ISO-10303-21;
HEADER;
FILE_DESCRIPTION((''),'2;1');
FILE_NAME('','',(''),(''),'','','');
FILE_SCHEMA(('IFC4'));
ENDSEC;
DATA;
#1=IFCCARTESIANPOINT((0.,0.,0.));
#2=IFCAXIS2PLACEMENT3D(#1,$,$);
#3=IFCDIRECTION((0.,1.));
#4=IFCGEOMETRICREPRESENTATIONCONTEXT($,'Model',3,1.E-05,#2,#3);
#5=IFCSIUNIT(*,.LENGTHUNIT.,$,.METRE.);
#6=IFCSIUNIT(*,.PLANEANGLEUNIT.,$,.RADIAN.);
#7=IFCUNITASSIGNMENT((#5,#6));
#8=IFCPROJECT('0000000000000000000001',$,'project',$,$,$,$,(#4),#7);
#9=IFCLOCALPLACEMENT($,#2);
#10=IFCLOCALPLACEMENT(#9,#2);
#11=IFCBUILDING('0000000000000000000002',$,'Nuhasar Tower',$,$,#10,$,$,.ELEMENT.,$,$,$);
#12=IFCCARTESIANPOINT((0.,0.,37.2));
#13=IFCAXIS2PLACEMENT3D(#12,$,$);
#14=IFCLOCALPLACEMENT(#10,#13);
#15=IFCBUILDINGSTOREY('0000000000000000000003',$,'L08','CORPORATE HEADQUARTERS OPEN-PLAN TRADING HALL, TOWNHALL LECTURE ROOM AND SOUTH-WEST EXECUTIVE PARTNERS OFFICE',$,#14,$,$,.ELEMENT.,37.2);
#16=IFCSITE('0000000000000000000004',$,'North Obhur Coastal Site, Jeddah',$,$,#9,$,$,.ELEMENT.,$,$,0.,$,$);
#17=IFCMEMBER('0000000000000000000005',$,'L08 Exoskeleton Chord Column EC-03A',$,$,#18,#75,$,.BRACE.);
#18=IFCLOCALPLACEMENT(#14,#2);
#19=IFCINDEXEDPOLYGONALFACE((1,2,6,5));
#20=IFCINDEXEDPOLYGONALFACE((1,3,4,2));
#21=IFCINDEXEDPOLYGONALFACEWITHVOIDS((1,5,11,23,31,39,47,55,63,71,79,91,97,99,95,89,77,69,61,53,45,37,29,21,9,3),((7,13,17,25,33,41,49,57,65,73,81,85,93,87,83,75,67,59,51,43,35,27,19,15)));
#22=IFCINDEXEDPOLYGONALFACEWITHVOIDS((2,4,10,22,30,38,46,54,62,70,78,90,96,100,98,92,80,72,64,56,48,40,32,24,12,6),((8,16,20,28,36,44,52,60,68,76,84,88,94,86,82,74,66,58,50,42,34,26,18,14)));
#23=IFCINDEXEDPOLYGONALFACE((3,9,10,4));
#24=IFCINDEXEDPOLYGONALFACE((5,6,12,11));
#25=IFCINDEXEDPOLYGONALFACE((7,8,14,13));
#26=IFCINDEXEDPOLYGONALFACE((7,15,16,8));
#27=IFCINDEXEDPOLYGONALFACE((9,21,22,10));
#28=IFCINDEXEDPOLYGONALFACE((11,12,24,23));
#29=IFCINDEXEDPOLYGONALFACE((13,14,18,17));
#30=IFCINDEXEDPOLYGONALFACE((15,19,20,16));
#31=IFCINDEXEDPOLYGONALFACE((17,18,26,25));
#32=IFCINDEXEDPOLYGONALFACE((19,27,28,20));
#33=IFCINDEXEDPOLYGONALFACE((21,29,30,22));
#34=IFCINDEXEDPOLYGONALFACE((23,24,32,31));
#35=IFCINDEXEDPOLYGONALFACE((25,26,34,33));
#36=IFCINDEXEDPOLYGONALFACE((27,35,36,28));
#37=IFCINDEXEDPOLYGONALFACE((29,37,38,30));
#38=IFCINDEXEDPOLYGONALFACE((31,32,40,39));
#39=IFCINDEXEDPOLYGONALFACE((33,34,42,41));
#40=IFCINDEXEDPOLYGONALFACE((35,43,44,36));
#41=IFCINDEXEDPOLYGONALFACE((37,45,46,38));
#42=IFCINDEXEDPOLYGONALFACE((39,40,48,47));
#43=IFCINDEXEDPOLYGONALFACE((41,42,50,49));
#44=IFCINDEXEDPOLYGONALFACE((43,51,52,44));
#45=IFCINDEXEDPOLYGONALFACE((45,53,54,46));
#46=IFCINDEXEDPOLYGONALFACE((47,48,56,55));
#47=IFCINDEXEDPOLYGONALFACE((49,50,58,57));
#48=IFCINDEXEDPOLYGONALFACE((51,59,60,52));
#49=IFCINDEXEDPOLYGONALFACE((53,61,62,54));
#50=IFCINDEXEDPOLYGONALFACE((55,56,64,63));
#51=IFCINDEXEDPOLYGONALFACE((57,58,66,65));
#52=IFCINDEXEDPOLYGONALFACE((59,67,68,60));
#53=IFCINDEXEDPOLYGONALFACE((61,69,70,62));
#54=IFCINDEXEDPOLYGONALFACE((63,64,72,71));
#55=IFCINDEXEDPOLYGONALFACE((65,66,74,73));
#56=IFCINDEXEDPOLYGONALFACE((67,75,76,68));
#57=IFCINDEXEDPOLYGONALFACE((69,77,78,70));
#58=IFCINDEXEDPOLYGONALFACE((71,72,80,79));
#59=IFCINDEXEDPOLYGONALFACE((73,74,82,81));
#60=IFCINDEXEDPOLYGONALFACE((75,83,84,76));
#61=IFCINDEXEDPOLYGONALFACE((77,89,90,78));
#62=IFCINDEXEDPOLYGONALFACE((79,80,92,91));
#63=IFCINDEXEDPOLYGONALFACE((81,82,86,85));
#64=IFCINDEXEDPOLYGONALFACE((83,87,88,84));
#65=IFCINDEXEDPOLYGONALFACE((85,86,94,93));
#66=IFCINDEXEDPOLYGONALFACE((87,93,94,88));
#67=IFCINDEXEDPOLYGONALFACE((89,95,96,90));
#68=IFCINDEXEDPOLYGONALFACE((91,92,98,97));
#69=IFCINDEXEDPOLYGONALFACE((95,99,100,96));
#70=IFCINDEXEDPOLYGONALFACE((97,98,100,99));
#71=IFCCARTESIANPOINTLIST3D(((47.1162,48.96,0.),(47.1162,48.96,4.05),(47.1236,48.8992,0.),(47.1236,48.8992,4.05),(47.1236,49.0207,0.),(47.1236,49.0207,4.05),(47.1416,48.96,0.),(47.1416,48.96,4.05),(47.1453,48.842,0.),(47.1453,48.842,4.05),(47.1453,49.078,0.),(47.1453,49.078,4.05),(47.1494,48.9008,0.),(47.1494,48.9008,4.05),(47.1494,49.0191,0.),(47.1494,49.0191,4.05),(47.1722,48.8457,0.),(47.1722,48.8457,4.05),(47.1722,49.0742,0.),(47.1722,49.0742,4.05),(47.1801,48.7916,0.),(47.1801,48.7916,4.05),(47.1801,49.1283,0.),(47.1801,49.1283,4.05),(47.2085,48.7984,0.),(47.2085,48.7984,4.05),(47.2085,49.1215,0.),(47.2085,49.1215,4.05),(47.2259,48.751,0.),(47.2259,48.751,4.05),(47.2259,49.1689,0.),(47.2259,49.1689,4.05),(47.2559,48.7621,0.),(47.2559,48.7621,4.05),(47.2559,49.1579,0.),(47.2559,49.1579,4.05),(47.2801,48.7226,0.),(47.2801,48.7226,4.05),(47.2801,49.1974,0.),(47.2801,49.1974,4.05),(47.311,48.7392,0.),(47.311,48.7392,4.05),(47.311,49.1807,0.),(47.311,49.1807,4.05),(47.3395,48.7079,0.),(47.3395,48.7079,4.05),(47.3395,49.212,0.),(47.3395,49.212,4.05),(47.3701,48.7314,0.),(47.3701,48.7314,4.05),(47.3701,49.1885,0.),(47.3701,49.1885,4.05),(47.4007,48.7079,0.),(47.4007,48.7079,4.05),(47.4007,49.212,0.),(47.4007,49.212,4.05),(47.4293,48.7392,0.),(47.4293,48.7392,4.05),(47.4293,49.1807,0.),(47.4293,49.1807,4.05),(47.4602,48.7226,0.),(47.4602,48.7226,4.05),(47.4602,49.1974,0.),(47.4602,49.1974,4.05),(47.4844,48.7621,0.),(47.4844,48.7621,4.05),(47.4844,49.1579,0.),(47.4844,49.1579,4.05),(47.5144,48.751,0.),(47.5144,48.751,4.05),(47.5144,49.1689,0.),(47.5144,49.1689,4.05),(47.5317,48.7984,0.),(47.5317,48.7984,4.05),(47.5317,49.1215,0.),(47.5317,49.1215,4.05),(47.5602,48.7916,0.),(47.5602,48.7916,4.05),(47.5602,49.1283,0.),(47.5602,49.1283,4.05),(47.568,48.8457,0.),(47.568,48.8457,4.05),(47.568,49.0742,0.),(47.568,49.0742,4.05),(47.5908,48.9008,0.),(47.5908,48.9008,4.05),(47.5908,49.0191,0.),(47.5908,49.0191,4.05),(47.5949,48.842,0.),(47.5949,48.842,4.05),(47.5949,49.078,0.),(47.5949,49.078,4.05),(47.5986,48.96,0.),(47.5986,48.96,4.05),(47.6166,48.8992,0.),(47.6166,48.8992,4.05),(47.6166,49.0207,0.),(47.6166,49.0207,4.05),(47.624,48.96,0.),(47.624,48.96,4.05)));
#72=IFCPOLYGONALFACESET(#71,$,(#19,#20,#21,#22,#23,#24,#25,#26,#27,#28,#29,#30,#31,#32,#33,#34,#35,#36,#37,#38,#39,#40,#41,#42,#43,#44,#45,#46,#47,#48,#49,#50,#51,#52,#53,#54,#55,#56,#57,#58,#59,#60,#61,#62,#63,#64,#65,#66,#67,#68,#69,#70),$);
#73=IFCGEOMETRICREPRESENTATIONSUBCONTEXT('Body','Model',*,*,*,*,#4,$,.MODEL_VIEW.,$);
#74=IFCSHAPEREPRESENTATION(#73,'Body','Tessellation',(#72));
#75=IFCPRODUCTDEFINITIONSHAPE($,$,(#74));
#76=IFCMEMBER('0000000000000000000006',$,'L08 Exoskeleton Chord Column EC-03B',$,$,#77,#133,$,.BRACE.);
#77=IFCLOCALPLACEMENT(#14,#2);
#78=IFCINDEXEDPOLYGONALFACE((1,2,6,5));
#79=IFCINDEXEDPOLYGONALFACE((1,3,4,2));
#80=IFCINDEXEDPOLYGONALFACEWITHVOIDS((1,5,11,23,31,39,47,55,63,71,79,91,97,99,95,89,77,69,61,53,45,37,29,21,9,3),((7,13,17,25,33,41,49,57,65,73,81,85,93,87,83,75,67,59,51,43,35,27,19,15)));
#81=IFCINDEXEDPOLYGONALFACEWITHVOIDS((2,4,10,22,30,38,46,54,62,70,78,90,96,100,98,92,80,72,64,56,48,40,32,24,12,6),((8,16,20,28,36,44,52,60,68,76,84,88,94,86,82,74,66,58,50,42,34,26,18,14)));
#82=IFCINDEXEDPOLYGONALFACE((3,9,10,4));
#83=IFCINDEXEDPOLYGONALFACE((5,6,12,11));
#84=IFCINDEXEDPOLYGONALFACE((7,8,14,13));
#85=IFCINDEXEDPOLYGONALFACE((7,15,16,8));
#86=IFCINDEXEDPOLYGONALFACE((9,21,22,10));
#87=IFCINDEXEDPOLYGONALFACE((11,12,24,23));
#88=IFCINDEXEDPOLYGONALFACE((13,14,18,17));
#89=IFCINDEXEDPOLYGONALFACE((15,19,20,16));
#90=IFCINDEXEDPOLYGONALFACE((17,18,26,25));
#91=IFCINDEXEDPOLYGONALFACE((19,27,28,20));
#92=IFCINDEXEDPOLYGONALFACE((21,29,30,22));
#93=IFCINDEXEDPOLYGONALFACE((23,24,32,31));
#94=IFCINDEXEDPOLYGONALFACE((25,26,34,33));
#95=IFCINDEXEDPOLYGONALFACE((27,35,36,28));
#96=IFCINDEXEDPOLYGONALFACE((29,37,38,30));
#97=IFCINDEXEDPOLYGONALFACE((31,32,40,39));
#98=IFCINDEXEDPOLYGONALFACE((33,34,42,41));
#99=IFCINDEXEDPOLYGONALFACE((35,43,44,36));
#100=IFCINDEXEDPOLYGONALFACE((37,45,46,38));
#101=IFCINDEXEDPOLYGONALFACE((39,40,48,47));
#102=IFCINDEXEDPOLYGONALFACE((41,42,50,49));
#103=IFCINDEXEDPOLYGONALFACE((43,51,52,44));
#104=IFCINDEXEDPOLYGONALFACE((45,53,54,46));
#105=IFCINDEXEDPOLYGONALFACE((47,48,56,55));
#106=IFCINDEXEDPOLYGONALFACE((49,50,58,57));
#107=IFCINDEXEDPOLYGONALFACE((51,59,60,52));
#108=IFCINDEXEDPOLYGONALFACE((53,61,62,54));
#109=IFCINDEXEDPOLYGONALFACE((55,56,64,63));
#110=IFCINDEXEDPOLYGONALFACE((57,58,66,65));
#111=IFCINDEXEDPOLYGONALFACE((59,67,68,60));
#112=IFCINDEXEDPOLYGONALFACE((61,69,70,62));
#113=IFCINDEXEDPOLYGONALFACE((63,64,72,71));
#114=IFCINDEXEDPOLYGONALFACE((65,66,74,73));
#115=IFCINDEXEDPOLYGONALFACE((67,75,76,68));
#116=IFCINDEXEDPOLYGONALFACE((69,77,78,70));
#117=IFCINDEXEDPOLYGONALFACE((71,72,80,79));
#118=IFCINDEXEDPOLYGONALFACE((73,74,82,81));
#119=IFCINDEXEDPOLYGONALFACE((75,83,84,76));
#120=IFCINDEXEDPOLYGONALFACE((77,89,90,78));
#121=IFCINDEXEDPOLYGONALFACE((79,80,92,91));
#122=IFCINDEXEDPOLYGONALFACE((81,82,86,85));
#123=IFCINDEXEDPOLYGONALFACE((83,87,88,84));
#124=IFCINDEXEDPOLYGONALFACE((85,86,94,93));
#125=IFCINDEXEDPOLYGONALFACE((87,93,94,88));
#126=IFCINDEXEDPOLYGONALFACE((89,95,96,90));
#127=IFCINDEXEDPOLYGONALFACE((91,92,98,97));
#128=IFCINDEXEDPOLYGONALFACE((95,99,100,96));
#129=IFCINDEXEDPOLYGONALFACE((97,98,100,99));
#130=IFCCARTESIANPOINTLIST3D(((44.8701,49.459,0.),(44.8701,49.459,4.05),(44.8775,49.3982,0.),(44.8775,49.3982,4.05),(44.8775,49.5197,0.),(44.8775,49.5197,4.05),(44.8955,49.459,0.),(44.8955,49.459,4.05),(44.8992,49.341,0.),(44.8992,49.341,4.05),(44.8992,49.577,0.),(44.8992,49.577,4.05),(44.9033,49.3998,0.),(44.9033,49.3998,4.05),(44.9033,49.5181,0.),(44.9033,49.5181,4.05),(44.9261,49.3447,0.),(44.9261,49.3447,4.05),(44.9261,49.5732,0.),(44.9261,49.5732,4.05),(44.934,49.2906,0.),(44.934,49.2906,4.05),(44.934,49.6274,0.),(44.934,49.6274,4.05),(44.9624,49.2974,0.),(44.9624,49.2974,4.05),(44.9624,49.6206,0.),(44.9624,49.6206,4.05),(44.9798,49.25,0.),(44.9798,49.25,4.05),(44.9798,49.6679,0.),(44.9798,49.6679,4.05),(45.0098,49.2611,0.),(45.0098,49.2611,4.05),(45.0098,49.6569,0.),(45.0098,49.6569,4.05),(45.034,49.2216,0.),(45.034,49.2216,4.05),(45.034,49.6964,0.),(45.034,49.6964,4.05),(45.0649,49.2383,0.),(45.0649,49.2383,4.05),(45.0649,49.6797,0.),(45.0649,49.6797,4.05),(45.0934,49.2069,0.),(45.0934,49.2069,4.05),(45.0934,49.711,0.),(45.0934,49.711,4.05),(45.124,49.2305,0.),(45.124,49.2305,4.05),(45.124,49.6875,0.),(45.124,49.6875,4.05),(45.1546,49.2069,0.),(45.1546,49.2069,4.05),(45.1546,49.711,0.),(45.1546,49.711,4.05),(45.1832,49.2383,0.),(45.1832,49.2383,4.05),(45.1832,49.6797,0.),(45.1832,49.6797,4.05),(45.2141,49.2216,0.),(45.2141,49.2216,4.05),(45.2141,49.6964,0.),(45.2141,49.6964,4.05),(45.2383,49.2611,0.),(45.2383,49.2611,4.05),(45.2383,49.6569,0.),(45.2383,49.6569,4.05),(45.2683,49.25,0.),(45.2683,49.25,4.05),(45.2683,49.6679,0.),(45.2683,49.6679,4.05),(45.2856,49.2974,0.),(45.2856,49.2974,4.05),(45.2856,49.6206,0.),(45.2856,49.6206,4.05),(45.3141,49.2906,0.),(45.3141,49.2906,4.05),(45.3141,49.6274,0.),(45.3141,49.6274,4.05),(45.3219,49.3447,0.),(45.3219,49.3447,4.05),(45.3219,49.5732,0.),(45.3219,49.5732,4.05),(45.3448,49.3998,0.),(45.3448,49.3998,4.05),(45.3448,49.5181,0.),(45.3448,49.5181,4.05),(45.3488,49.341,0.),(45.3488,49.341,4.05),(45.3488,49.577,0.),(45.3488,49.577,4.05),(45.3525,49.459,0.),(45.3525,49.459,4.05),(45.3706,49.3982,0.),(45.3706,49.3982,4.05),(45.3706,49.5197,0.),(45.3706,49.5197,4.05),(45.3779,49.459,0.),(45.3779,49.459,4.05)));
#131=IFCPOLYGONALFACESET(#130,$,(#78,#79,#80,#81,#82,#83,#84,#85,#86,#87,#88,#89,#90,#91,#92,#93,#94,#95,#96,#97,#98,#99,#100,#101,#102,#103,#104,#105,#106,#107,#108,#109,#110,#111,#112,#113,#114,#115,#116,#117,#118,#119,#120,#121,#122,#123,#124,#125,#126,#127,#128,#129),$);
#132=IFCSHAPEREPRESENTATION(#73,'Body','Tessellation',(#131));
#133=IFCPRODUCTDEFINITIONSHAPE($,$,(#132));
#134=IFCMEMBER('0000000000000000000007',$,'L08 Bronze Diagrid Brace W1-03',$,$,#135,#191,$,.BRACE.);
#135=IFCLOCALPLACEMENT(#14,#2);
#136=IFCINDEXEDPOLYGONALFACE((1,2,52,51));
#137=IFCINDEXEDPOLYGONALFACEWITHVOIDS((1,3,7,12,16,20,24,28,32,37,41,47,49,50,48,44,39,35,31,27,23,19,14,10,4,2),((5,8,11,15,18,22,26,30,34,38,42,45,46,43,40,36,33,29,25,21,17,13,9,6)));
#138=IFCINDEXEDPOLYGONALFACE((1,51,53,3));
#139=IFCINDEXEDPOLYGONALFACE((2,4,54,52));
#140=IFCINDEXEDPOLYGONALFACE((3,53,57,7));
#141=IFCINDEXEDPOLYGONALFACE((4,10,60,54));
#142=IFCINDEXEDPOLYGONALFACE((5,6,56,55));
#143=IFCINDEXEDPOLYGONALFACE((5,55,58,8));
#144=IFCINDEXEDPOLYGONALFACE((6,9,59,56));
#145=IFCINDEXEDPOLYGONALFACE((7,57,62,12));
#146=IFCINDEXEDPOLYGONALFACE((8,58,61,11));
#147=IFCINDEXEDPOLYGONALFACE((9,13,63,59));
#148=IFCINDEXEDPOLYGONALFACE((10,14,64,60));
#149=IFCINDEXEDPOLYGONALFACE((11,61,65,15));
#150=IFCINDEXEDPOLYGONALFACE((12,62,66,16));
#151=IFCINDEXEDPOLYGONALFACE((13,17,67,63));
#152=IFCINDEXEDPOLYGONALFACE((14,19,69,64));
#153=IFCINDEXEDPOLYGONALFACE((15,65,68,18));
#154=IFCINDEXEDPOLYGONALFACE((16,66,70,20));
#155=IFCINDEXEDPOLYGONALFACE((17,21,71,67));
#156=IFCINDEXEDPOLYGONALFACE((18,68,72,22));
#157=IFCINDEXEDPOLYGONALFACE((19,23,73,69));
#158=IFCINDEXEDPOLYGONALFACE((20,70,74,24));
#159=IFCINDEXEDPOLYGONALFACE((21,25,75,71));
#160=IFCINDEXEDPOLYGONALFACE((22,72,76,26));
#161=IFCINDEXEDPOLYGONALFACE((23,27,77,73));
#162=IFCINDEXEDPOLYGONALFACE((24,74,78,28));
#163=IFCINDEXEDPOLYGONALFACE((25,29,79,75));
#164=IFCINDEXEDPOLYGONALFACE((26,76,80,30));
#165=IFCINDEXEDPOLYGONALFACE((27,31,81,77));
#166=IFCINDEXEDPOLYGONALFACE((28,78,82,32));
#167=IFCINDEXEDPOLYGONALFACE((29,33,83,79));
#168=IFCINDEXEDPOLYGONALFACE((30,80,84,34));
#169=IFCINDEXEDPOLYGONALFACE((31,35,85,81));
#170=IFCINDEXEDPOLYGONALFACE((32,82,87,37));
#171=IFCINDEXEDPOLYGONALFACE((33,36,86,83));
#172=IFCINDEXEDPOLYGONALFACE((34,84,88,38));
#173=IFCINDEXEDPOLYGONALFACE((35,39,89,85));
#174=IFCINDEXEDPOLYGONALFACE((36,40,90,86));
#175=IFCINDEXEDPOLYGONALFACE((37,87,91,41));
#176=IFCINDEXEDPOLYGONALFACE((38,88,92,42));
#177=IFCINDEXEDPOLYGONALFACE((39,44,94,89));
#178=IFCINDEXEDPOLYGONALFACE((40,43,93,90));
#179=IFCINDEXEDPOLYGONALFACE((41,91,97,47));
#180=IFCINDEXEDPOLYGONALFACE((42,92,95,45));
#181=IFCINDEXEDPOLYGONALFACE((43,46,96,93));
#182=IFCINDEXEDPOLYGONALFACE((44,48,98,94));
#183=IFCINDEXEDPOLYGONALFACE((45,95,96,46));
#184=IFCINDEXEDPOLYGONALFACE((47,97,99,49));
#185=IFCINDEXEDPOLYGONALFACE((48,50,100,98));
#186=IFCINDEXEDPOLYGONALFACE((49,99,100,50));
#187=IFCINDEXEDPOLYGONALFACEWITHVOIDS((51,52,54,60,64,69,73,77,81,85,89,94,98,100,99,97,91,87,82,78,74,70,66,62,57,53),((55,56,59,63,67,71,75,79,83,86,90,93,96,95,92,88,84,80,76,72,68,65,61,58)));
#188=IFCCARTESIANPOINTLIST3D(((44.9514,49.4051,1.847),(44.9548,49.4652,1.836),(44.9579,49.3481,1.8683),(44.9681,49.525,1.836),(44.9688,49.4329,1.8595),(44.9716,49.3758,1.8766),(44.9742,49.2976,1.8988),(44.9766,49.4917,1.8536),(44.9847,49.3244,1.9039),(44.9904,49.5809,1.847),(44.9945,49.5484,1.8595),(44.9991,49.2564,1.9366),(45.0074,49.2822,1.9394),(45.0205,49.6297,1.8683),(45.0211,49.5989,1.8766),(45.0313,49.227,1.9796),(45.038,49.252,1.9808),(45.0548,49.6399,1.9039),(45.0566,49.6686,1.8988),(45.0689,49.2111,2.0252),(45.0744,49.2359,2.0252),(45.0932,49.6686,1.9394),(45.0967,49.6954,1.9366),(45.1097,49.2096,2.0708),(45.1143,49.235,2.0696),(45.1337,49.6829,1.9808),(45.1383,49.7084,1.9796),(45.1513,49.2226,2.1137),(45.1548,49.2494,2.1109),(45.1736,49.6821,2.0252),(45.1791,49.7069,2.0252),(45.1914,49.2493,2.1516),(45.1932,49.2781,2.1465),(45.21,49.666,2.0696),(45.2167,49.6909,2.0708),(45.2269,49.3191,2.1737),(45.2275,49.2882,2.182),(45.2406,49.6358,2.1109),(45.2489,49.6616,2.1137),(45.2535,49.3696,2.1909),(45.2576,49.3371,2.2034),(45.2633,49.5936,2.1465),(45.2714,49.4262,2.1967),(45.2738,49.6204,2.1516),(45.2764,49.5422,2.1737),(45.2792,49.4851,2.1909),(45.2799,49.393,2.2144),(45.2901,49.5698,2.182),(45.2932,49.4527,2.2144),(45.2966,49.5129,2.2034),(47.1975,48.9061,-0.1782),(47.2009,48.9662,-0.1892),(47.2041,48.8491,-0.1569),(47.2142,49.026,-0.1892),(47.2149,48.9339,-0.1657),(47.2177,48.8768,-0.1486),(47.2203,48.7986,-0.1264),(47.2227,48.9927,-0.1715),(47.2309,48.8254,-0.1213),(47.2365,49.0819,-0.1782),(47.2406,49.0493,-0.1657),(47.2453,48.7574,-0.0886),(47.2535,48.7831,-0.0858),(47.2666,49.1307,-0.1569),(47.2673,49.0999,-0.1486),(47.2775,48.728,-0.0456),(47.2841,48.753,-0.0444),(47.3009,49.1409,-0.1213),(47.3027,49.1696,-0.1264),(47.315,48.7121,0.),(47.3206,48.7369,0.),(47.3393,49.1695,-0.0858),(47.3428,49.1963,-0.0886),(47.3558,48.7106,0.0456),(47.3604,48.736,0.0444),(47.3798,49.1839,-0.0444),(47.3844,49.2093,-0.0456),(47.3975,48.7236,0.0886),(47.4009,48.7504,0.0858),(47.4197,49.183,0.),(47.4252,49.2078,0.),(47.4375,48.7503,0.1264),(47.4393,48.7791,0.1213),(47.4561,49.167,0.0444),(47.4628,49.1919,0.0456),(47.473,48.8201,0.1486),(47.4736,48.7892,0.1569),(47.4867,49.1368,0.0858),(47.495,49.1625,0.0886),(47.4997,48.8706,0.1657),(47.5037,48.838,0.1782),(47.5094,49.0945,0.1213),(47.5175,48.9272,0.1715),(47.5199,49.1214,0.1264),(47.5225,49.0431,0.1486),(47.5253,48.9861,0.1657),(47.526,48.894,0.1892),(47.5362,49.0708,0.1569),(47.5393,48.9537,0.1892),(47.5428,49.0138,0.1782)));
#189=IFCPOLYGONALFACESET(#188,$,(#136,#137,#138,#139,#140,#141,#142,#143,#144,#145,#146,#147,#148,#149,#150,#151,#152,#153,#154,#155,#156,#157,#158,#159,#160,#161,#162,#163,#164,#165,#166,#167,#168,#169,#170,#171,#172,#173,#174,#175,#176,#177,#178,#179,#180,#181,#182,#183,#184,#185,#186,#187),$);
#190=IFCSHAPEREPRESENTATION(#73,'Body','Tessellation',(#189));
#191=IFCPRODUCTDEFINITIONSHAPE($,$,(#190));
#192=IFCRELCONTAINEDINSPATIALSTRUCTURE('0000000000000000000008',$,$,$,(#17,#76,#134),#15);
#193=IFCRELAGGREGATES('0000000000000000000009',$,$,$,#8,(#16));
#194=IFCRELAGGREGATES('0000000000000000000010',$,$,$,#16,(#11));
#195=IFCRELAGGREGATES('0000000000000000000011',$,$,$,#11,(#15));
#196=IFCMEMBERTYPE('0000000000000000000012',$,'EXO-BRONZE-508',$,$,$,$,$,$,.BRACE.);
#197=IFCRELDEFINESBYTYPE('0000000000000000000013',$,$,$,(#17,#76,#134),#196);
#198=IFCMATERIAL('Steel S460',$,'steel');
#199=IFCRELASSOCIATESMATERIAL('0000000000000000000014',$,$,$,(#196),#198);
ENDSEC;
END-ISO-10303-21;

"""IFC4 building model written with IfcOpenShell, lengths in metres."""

from ifc_helpers import new_model, si_unit, direction, frame, origin, origin_2d, place, context, subcontext, project, spatial, hollow_circle, extrude, material, material_profile, profile_set, type_object, element, save


model = new_model("IFC4")

# Units and contexts
model_context = context("Model", 3, precision=1e-05, world=origin(), true_north=direction((0.0, 1.0)))
body_context = subcontext(model_context, "Body", "Model", "MODEL_VIEW")
ifc_project = project(units=[si_unit("LENGTHUNIT", "METRE"), si_unit("PLANEANGLEUNIT", "RADIAN")], contexts=[model_context])

# Site, building, storey
site_placement = place(None, origin())
site = spatial("IfcSite", under=ifc_project, at=site_placement, Name="North Obhur Coastal Site, Jeddah", CompositionType="ELEMENT", RefElevation=0.0)
building_placement = place(site_placement, origin())
building = spatial("IfcBuilding", under=site, at=building_placement, Name="Nuhasar Tower", CompositionType="ELEMENT")
storey_placement = place(building_placement, frame((0.0, 0.0, 37.2)))
storey = spatial("IfcBuildingStorey", under=building, at=storey_placement, Name="L08", Description="CORPORATE HEADQUARTERS OPEN-PLAN TRADING HALL, TOWNHALL LECTURE ROOM AND SOUTH-WEST EXECUTIVE PARTNERS OFFICE", CompositionType="ELEMENT", Elevation=37.2)

# Members
ifc_material_1 = material(Name="Steel S460", Category="steel")
ifc_material_profile_1 = material_profile(ifc_material_1, hollow_circle(Radius=0.2539, WallThickness=0.0254, at=origin_2d()), Name="HSS508X25.4")
ifc_profile_set_1 = profile_set([ifc_material_profile_1], Name="Steel S460")
member_type_1 = type_object("IfcMemberType", Name="EXO-BRONZE-508", PredefinedType="BRACE", material=ifc_profile_set_1)
for number, where, z_axis, x_axis, name in (
    (1, (47.3701, 48.96, 0.0), (0.0, 0.0, 1.0), (1.0, 0.0, 0.0), "L08 Exoskeleton Chord Column EC-03A"),
    (2, (45.124, 49.459, 0.0), (0.0, 0.0, 1.0), (1.0, 0.0, 0.0), "L08 Exoskeleton Chord Column EC-03B"),
):
    element("IfcMember", number, at=place(storey_placement, frame(where, z_axis=z_axis, x_axis=x_axis)), inside=storey, type_object=member_type_1, Name=name, PredefinedType="BRACE", context=body_context, shape_type="SweptSolid", body=[
        extrude(hollow_circle(Radius=0.2539, WallThickness=0.0254, at=origin_2d()), origin(), (0.0, 0.0, 1.0), 4.05),
    ])
member_1_placement = place(storey_placement, frame((47.3701, 48.96, 0.0), z_axis=(-0.732783, 0.162805, 0.660699), x_axis=(-0.216886, -0.976197, 0.0)))
element("IfcMember", 3, at=member_1_placement, inside=storey, type_object=member_type_1, Name="L08 Bronze Diagrid Brace W1-03", PredefinedType="BRACE", context=body_context, shape_type="SweptSolid", body=[
    extrude(hollow_circle(Radius=0.2539, WallThickness=0.0254, at=origin_2d()), origin(), (0.0, 0.0, 1.0), 3.0652),
])

save(model, "model.ifc")
